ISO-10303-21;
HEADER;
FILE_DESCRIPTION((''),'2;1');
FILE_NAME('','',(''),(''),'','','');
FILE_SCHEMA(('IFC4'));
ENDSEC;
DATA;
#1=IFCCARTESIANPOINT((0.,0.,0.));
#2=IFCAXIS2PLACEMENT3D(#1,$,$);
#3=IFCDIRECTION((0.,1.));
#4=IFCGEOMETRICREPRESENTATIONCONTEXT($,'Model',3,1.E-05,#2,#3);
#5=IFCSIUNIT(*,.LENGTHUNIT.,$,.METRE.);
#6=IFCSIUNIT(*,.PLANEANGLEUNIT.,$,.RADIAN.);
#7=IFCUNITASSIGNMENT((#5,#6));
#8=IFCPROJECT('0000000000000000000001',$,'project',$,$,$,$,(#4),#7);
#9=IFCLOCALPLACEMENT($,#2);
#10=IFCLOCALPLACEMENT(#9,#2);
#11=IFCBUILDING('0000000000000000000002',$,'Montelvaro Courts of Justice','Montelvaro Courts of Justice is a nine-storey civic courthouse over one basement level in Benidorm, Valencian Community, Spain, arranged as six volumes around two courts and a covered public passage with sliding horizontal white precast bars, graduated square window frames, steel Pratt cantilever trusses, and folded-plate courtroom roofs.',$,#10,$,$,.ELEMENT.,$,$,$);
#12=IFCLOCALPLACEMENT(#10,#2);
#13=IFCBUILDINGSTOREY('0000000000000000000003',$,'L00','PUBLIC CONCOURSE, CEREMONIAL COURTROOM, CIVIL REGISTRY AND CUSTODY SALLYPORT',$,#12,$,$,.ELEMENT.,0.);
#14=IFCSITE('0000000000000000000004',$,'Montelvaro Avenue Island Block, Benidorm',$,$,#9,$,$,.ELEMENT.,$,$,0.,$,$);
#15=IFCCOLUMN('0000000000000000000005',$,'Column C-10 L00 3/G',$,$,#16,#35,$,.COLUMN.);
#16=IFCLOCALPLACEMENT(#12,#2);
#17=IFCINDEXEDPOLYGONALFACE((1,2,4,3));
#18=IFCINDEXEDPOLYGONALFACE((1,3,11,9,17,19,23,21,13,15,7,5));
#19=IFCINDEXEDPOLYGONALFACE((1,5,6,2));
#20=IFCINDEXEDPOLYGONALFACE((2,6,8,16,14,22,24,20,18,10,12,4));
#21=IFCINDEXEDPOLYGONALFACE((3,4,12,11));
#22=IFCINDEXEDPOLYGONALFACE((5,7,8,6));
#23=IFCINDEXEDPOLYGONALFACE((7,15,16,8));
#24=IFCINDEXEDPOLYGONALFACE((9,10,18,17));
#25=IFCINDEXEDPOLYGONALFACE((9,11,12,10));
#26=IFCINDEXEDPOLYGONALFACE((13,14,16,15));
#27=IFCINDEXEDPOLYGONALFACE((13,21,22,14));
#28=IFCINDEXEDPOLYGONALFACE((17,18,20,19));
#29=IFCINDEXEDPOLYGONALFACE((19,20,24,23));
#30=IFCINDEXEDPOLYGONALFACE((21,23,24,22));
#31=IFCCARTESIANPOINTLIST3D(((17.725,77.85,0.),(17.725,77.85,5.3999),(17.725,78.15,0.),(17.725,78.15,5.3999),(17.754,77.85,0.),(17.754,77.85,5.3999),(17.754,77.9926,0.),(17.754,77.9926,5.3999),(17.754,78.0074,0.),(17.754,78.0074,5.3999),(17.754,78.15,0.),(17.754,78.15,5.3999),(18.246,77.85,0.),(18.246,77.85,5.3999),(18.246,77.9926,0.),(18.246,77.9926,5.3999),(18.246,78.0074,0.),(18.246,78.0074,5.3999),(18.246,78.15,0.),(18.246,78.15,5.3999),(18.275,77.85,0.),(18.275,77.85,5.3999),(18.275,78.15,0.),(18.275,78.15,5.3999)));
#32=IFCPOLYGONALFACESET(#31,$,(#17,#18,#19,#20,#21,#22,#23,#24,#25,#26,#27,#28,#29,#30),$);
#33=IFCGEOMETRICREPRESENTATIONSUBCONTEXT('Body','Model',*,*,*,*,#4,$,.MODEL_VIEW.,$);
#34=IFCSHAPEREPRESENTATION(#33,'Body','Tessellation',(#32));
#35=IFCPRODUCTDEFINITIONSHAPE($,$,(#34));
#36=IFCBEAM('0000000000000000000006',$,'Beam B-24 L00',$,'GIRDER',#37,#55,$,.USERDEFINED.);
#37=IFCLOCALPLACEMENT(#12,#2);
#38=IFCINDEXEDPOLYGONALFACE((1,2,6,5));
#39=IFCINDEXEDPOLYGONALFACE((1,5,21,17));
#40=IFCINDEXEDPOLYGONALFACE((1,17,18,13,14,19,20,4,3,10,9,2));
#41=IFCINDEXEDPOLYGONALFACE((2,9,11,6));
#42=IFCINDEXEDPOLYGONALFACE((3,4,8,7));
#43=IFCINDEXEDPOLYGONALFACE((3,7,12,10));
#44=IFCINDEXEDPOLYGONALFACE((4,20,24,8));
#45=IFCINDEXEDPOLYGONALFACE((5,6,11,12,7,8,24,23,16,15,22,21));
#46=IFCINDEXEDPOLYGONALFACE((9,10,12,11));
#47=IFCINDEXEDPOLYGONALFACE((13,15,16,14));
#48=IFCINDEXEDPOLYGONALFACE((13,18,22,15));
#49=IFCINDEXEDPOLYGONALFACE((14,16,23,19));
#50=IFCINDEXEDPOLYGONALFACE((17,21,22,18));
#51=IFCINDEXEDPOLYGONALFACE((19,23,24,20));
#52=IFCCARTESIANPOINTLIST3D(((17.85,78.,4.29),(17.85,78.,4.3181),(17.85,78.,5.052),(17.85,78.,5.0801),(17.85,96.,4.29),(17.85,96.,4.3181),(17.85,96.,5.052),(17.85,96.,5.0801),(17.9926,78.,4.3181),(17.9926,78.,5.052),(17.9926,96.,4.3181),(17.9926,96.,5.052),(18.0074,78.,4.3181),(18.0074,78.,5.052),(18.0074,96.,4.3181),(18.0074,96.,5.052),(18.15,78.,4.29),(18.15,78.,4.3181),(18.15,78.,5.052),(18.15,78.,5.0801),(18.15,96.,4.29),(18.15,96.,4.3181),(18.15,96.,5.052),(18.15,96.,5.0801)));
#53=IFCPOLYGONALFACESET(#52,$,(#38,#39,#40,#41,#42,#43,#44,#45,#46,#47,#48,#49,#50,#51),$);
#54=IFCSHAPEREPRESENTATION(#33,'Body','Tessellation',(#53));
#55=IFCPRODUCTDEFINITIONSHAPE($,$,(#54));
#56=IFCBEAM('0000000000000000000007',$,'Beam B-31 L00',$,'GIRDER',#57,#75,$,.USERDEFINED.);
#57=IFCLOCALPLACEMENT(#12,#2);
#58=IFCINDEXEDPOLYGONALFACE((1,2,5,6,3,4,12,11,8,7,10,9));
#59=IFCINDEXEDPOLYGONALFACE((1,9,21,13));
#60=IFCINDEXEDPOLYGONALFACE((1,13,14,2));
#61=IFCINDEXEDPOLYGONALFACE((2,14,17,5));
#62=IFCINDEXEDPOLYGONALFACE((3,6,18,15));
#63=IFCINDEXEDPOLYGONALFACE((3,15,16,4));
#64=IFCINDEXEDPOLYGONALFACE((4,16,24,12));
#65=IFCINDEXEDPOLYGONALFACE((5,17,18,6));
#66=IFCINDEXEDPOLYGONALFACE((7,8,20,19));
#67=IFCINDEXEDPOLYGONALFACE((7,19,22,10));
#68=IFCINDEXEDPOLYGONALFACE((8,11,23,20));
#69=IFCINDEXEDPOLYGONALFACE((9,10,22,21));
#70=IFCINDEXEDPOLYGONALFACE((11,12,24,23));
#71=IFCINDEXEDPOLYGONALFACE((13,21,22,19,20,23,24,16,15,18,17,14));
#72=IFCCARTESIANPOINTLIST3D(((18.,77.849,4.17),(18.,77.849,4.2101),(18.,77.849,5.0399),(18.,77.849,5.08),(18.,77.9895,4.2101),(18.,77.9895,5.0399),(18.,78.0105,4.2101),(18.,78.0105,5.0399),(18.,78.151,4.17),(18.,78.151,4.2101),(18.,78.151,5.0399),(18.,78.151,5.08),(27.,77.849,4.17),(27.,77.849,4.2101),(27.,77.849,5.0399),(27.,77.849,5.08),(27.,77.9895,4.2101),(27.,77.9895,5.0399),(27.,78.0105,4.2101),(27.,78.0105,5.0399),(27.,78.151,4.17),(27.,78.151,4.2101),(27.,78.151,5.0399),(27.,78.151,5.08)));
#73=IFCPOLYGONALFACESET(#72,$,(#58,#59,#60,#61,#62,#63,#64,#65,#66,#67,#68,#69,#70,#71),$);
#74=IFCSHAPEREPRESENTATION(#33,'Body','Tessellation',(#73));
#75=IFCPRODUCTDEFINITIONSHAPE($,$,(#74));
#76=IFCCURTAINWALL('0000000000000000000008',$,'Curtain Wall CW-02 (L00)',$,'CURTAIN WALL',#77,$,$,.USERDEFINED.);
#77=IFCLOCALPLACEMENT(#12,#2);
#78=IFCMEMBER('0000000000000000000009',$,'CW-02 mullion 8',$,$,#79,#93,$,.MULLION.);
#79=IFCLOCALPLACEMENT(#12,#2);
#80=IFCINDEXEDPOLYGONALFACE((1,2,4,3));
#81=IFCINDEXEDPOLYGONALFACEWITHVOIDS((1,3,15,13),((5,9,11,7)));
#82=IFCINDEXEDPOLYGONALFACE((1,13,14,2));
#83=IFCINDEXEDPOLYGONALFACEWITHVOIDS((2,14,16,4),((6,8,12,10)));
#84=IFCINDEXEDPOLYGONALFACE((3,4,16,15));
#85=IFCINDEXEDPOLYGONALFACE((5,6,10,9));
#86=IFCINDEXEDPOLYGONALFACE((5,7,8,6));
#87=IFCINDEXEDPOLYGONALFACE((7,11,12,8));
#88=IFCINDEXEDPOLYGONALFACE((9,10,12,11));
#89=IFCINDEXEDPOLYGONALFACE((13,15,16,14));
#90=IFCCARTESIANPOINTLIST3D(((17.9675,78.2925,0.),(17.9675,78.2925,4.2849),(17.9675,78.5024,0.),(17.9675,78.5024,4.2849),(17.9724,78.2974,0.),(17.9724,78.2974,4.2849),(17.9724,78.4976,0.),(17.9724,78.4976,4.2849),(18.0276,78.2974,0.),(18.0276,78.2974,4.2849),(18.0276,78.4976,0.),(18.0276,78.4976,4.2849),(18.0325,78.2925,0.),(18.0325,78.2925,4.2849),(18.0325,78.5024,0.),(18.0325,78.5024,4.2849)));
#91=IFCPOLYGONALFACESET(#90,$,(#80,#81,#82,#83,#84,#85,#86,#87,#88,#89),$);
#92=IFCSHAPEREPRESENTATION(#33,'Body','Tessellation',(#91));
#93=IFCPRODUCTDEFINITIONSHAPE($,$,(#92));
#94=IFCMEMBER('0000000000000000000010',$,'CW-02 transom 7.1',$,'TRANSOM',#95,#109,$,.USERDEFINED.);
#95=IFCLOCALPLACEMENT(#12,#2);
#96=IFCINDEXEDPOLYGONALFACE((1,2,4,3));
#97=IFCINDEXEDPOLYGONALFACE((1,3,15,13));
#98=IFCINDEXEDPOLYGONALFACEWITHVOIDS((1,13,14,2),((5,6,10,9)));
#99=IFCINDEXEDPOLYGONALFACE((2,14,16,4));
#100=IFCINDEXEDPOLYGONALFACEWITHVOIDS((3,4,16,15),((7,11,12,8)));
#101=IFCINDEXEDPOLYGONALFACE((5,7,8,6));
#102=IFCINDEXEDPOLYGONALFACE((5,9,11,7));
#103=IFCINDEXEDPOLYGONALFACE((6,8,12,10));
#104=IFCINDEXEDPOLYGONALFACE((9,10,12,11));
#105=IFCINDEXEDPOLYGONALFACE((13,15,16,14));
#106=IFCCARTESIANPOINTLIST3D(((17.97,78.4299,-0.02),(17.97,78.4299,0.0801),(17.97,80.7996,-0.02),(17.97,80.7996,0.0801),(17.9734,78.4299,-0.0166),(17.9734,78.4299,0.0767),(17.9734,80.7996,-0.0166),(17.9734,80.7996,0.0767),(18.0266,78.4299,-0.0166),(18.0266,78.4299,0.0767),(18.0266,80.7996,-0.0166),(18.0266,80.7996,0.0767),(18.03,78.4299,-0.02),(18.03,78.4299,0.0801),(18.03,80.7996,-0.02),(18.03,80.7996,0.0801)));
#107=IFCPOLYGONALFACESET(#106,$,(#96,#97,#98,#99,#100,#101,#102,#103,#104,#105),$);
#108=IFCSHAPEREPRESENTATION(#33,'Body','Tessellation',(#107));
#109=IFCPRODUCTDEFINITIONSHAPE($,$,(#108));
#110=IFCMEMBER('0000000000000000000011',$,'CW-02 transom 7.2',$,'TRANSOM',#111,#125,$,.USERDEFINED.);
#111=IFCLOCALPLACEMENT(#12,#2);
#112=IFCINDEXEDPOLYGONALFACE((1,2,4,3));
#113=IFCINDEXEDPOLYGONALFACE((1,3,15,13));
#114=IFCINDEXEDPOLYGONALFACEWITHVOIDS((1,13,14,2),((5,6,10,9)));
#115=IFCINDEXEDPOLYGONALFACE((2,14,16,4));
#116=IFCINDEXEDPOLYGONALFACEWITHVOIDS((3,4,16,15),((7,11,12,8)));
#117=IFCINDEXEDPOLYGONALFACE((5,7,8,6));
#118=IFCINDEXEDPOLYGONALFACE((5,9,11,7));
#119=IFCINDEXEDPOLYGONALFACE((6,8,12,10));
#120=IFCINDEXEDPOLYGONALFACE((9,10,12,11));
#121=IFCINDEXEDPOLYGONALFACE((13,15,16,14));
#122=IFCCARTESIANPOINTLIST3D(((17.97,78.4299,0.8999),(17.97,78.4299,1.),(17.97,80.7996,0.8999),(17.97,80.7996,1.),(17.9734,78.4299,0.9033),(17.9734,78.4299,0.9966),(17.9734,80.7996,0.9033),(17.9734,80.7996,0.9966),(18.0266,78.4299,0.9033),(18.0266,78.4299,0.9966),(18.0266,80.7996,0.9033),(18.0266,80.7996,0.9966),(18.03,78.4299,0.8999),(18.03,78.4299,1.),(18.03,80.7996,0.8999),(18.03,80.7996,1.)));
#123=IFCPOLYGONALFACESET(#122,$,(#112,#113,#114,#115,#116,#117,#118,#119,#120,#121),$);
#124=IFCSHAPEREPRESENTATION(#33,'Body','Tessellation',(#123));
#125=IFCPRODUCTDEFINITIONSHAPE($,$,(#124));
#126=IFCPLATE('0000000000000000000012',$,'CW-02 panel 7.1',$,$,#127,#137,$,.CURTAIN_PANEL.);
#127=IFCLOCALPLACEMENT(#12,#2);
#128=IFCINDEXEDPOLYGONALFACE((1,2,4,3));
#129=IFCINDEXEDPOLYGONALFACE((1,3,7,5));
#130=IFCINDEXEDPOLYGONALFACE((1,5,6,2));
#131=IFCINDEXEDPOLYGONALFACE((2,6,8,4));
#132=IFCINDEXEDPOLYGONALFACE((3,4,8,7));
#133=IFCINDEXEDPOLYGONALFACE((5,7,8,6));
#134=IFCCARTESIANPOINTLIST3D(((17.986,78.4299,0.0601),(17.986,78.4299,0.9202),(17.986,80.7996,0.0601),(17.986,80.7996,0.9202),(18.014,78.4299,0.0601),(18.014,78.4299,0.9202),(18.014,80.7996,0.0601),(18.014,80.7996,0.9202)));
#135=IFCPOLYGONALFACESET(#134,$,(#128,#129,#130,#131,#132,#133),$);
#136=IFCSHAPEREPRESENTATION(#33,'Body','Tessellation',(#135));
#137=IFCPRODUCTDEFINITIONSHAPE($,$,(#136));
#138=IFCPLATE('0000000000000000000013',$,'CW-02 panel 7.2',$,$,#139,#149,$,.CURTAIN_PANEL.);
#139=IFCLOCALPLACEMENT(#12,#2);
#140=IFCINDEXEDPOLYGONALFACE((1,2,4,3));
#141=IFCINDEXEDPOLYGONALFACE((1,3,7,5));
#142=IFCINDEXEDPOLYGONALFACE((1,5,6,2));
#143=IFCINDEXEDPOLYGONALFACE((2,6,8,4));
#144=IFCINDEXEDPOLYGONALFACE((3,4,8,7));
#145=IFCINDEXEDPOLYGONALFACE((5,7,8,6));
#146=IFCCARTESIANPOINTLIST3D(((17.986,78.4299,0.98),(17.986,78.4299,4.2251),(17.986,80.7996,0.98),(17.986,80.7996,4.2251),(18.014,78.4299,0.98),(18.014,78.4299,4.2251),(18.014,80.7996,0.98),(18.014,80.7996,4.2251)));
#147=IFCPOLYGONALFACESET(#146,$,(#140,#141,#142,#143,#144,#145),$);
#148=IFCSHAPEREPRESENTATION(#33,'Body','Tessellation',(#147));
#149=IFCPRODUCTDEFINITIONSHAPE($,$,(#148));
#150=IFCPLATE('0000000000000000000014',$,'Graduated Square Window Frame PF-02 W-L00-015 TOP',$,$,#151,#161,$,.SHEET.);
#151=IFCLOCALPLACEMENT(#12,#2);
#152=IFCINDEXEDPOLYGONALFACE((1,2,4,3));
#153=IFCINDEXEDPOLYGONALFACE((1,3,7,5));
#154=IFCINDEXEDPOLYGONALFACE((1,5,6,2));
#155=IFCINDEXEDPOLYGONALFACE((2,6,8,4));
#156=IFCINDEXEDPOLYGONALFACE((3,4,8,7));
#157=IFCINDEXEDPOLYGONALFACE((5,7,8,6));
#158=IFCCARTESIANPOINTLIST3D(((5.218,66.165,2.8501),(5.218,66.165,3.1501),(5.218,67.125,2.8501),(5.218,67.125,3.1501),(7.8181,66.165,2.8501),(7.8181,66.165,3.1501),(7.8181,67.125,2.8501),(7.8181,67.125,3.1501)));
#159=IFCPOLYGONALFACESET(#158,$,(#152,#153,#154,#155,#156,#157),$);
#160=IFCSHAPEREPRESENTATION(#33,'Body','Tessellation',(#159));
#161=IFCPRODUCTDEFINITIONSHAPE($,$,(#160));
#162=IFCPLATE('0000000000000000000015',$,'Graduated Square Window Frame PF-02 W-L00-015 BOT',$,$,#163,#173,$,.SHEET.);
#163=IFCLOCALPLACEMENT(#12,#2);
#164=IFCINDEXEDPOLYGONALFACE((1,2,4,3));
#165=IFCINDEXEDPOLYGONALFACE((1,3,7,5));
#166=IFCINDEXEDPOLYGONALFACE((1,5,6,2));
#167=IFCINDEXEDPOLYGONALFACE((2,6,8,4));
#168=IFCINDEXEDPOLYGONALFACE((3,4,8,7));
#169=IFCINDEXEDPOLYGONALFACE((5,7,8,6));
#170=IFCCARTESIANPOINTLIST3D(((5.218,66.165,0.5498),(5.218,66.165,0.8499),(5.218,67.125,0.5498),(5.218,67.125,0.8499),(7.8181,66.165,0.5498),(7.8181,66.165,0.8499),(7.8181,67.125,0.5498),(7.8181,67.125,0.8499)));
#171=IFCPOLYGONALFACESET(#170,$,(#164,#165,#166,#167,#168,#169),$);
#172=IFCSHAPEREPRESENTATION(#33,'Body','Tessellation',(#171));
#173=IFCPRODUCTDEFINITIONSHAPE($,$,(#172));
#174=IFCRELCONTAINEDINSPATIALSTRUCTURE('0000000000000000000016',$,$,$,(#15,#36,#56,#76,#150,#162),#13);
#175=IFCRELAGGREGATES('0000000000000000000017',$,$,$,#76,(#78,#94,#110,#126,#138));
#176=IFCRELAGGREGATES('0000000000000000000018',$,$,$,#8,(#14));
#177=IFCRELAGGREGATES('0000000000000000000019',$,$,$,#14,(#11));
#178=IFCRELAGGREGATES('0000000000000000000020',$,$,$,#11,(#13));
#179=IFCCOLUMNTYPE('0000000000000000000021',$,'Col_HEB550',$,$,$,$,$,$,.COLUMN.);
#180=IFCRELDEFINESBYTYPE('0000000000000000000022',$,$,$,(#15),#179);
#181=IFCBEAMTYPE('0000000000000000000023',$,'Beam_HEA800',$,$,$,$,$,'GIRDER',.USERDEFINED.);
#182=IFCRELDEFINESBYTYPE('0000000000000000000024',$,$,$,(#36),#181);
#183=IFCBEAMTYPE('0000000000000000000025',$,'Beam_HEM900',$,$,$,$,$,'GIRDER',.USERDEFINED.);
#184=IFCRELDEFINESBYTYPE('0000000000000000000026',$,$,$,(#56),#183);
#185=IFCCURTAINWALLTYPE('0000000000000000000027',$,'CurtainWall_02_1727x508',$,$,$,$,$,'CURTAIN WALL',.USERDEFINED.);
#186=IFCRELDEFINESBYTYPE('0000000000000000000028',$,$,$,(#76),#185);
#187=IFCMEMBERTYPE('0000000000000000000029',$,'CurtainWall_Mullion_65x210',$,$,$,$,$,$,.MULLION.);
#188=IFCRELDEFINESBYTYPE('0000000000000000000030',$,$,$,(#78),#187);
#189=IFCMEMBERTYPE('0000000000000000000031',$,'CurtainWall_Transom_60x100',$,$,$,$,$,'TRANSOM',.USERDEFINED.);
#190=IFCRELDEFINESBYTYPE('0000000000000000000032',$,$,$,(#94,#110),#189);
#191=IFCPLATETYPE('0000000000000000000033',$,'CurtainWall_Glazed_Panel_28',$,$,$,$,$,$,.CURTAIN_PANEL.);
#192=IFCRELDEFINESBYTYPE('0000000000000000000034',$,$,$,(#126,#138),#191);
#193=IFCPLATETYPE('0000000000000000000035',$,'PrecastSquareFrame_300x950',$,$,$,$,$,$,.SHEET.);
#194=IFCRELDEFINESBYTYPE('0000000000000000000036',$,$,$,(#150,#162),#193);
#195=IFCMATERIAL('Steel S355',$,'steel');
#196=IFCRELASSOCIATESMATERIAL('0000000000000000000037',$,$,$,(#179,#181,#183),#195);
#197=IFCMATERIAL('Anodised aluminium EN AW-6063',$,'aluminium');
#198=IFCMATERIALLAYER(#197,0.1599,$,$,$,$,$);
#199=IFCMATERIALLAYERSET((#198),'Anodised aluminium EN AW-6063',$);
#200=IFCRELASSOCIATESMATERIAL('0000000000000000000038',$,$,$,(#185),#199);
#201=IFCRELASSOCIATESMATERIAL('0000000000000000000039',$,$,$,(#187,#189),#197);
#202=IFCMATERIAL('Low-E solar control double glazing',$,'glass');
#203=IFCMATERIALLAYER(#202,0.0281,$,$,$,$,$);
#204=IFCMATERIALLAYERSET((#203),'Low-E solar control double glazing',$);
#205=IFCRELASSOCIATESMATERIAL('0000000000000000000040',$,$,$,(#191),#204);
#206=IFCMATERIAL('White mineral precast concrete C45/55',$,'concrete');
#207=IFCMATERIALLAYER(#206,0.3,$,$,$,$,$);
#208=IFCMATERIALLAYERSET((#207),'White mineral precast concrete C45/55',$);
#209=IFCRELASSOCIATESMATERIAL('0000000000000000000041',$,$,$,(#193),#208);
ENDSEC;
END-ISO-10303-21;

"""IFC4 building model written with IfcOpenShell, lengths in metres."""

from ifc_helpers import new_model, si_unit, direction, frame, origin, origin_2d, place, context, subcontext, project, spatial, rectangle, hollow_rectangle, i_section, extrude, material, layer, layer_set, material_profile, profile_set, type_object, element, aggregate, save


model = new_model("IFC4")

# Units and contexts
model_context = context("Model", 3, precision=1e-05, world=origin(), true_north=direction((0.0, 1.0)))
body_context = subcontext(model_context, "Body", "Model", "MODEL_VIEW")
ifc_project = project(units=[si_unit("LENGTHUNIT", "METRE"), si_unit("PLANEANGLEUNIT", "RADIAN")], contexts=[model_context])

# Site, building, storey
site_placement = place(None, origin())
site = spatial("IfcSite", under=ifc_project, at=site_placement, Name="Montelvaro Avenue Island Block, Benidorm", CompositionType="ELEMENT", RefElevation=0.0)
building_placement = place(site_placement, origin())
building = spatial("IfcBuilding", under=site, at=building_placement, Name="Montelvaro Courts of Justice", Description="Montelvaro Courts of Justice is a nine-storey civic courthouse over one basement level in Benidorm, Valencian Community, Spain, arranged as six volumes around two courts and a covered public passage with sliding horizontal white precast bars, graduated square window frames, steel Pratt cantilever trusses, and folded-plate courtroom roofs.", CompositionType="ELEMENT")
storey_placement = place(building_placement, origin())
storey = spatial("IfcBuildingStorey", under=building, at=storey_placement, Name="L00", Description="PUBLIC CONCOURSE, CEREMONIAL COURTROOM, CIVIL REGISTRY AND CUSTODY SALLYPORT", CompositionType="ELEMENT", Elevation=0.0)

# Column
ifc_material_1 = material(Name="Steel S355", Category="steel")
ifc_material_profile_1 = material_profile(ifc_material_1, i_section(OverallWidth=0.3, OverallDepth=0.55, WebThickness=0.0149, FlangeThickness=0.0291, at=origin_2d()), Name="HEB 550")
ifc_profile_set_1 = profile_set([ifc_material_profile_1], Name="Steel S355")
column_type = type_object("IfcColumnType", Name="Col_HEB550", PredefinedType="COLUMN", material=ifc_profile_set_1)
column_placement = place(storey_placement, frame((18.0, 78.0, 0.0), z_axis=(0.0, 0.0, 1.0), x_axis=(0.0, 1.0, 0.0)))
element("IfcColumn", 1, at=column_placement, inside=storey, type_object=column_type, Name="Column C-10 L00 3/G", PredefinedType="COLUMN", context=body_context, shape_type="SweptSolid", body=[
    extrude(i_section(OverallWidth=0.3, OverallDepth=0.55, WebThickness=0.0149, FlangeThickness=0.0291, at=origin_2d()), origin(), (0.0, 0.0, 1.0), 5.3999),
])

# Beams
ifc_material_profile_2 = material_profile(ifc_material_1, i_section(OverallWidth=0.3, OverallDepth=0.79, WebThickness=0.0149, FlangeThickness=0.0281, at=origin_2d()), Name="HEA 800")
ifc_profile_set_2 = profile_set([ifc_material_profile_2], Name="Steel S355")
beam_type_1 = type_object("IfcBeamType", Name="Beam_HEA800", ElementType="GIRDER", PredefinedType="USERDEFINED", material=ifc_profile_set_2)
beam_1_placement = place(storey_placement, frame((18.0, 78.0, 4.6851), z_axis=(0.0, 1.0, 0.0), x_axis=(-1.0, 0.0, 0.0)))
element("IfcBeam", 2, at=beam_1_placement, inside=storey, type_object=beam_type_1, Name="Beam B-24 L00", ObjectType="GIRDER", PredefinedType="USERDEFINED", context=body_context, shape_type="SweptSolid", body=[
    extrude(i_section(OverallWidth=0.3, OverallDepth=0.79, WebThickness=0.0149, FlangeThickness=0.0281, at=origin_2d()), origin(), (0.0, 0.0, 1.0), 18.0),
])
ifc_material_profile_3 = material_profile(ifc_material_1, i_section(OverallWidth=0.302, OverallDepth=0.9099, WebThickness=0.021, FlangeThickness=0.04, at=origin_2d()), Name="HEM 900")
ifc_profile_set_3 = profile_set([ifc_material_profile_3], Name="Steel S355")
beam_type_2 = type_object("IfcBeamType", Name="Beam_HEM900", ElementType="GIRDER", PredefinedType="USERDEFINED", material=ifc_profile_set_3)
beam_2_placement = place(storey_placement, frame((18.0, 78.0, 4.625), z_axis=(1.0, 0.0, 0.0), x_axis=(0.0, 1.0, 0.0)))
element("IfcBeam", 3, at=beam_2_placement, inside=storey, type_object=beam_type_2, Name="Beam B-31 L00", ObjectType="GIRDER", PredefinedType="USERDEFINED", context=body_context, shape_type="SweptSolid", body=[
    extrude(i_section(OverallWidth=0.302, OverallDepth=0.9099, WebThickness=0.021, FlangeThickness=0.04, at=origin_2d()), origin(), (0.0, 0.0, 1.0), 9.0),
])

# Curtain wall, members, plates
ifc_material_2 = material(Name="Anodised aluminium EN AW-6063", Category="aluminium")
ifc_layer_1 = layer(ifc_material_2, 0.1599)
ifc_layer_set_1 = layer_set([ifc_layer_1], Name="Anodised aluminium EN AW-6063")
curtain_wall_type = type_object("IfcCurtainWallType", Name="CurtainWall_02_1727x508", ElementType="CURTAIN WALL", PredefinedType="USERDEFINED", material=ifc_layer_set_1)
curtain_wall_placement = place(storey_placement, origin())
curtain_wall = element("IfcCurtainWall", 4, at=curtain_wall_placement, inside=storey, type_object=curtain_wall_type, Name="Curtain Wall CW-02 (L00)", ObjectType="CURTAIN WALL", PredefinedType="USERDEFINED")
ifc_material_profile_4 = material_profile(ifc_material_2, hollow_rectangle(XDim=0.0649, YDim=0.21, WallThickness=0.0049, at=origin_2d()), Name="ALU-M 65x210")
ifc_profile_set_4 = profile_set([ifc_material_profile_4], Name="Anodised aluminium EN AW-6063")
member_type_1 = type_object("IfcMemberType", Name="CurtainWall_Mullion_65x210", PredefinedType="MULLION", material=ifc_profile_set_4)
member_1_placement = place(storey_placement, frame((18.0, 78.3975, 0.0), z_axis=(0.0, 0.0, 1.0), x_axis=(1.0, 0.0, 0.0)))
member_1 = element("IfcMember", 5, at=member_1_placement, type_object=member_type_1, Name="CW-02 mullion 8", PredefinedType="MULLION", context=body_context, shape_type="SweptSolid", body=[
    extrude(hollow_rectangle(XDim=0.0649, YDim=0.21, WallThickness=0.0049, at=origin_2d()), origin(), (0.0, 0.0, 1.0), 4.2849),
])
ifc_material_profile_5 = material_profile(ifc_material_2, hollow_rectangle(XDim=0.0601, YDim=0.1001, WallThickness=0.0034, at=origin_2d()), Name="ALU-T 60x100")
ifc_profile_set_5 = profile_set([ifc_material_profile_5], Name="Anodised aluminium EN AW-6063")
member_type_2 = type_object("IfcMemberType", Name="CurtainWall_Transom_60x100", ElementType="TRANSOM", PredefinedType="USERDEFINED", material=ifc_profile_set_5)
member_2_placement = place(storey_placement, frame((18.0, 80.7996, 0.03), z_axis=(0.0, -1.0, 0.0), x_axis=(1.0, 0.0, 0.0)))
member_2 = element("IfcMember", 6, at=member_2_placement, type_object=member_type_2, Name="CW-02 transom 7.1", ObjectType="TRANSOM", PredefinedType="USERDEFINED", context=body_context, shape_type="SweptSolid", body=[
    extrude(hollow_rectangle(XDim=0.0601, YDim=0.1001, WallThickness=0.0034, at=origin_2d()), origin(), (0.0, 0.0, 1.0), 2.3696),
])
member_3_placement = place(storey_placement, frame((18.0, 80.7996, 0.95), z_axis=(0.0, -1.0, 0.0), x_axis=(1.0, 0.0, 0.0)))
member_3 = element("IfcMember", 7, at=member_3_placement, type_object=member_type_2, Name="CW-02 transom 7.2", ObjectType="TRANSOM", PredefinedType="USERDEFINED", context=body_context, shape_type="SweptSolid", body=[
    extrude(hollow_rectangle(XDim=0.0601, YDim=0.1001, WallThickness=0.0034, at=origin_2d()), origin(), (0.0, 0.0, 1.0), 2.3696),
])
ifc_material_3 = material(Name="Low-E solar control double glazing", Category="glass")
ifc_layer_2 = layer(ifc_material_3, 0.0281)
ifc_layer_set_2 = layer_set([ifc_layer_2], Name="Low-E solar control double glazing")
plate_type_1 = type_object("IfcPlateType", Name="CurtainWall_Glazed_Panel_28", PredefinedType="CURTAIN_PANEL", material=ifc_layer_set_2)
plate_1_placement = place(storey_placement, frame((18.0, 79.6147, 0.0601), z_axis=(0.0, 0.0, 1.0), x_axis=(0.0, -1.0, 0.0)))
plate_1 = element("IfcPlate", 8, at=plate_1_placement, type_object=plate_type_1, Name="CW-02 panel 7.1", PredefinedType="CURTAIN_PANEL", context=body_context, shape_type="SweptSolid", body=[
    extrude(rectangle(XDim=2.3696, YDim=0.0281, at=origin_2d()), origin(), (0.0, 0.0, 1.0), 0.8601),
])
plate_2_placement = place(storey_placement, frame((18.0, 79.6147, 0.98), z_axis=(0.0, 0.0, 1.0), x_axis=(0.0, -1.0, 0.0)))
plate_2 = element("IfcPlate", 9, at=plate_2_placement, type_object=plate_type_1, Name="CW-02 panel 7.2", PredefinedType="CURTAIN_PANEL", context=body_context, shape_type="SweptSolid", body=[
    extrude(rectangle(XDim=2.3696, YDim=0.0281, at=origin_2d()), origin(), (0.0, 0.0, 1.0), 3.2451),
])
aggregate(curtain_wall, [member_1, member_2, member_3, plate_1, plate_2])

# Plates
ifc_material_4 = material(Name="White mineral precast concrete C45/55", Category="concrete")
ifc_layer_3 = layer(ifc_material_4, 0.3)
ifc_layer_set_3 = layer_set([ifc_layer_3], Name="White mineral precast concrete C45/55")
plate_type_2 = type_object("IfcPlateType", Name="PrecastSquareFrame_300x950", PredefinedType="SHEET", material=ifc_layer_set_3)
for number, where, z_axis, x_axis, name in (
    (10, (6.5181, 66.645, 2.8501), (0.0, 0.0, 1.0), (-1.0, 0.0, 0.0), "Graduated Square Window Frame PF-02 W-L00-015 TOP"),
    (11, (6.5181, 66.645, 0.5498), (0.0, 0.0, 1.0), (-1.0, 0.0, 0.0), "Graduated Square Window Frame PF-02 W-L00-015 BOT"),
):
    element("IfcPlate", number, at=place(storey_placement, frame(where, z_axis=z_axis, x_axis=x_axis)), inside=storey, type_object=plate_type_2, Name=name, PredefinedType="SHEET", context=body_context, shape_type="SweptSolid", body=[
        extrude(rectangle(XDim=2.6001, YDim=0.96, at=origin_2d()), origin(), (0.0, 0.0, 1.0), 0.3),
    ])

save(model, "model.ifc")
